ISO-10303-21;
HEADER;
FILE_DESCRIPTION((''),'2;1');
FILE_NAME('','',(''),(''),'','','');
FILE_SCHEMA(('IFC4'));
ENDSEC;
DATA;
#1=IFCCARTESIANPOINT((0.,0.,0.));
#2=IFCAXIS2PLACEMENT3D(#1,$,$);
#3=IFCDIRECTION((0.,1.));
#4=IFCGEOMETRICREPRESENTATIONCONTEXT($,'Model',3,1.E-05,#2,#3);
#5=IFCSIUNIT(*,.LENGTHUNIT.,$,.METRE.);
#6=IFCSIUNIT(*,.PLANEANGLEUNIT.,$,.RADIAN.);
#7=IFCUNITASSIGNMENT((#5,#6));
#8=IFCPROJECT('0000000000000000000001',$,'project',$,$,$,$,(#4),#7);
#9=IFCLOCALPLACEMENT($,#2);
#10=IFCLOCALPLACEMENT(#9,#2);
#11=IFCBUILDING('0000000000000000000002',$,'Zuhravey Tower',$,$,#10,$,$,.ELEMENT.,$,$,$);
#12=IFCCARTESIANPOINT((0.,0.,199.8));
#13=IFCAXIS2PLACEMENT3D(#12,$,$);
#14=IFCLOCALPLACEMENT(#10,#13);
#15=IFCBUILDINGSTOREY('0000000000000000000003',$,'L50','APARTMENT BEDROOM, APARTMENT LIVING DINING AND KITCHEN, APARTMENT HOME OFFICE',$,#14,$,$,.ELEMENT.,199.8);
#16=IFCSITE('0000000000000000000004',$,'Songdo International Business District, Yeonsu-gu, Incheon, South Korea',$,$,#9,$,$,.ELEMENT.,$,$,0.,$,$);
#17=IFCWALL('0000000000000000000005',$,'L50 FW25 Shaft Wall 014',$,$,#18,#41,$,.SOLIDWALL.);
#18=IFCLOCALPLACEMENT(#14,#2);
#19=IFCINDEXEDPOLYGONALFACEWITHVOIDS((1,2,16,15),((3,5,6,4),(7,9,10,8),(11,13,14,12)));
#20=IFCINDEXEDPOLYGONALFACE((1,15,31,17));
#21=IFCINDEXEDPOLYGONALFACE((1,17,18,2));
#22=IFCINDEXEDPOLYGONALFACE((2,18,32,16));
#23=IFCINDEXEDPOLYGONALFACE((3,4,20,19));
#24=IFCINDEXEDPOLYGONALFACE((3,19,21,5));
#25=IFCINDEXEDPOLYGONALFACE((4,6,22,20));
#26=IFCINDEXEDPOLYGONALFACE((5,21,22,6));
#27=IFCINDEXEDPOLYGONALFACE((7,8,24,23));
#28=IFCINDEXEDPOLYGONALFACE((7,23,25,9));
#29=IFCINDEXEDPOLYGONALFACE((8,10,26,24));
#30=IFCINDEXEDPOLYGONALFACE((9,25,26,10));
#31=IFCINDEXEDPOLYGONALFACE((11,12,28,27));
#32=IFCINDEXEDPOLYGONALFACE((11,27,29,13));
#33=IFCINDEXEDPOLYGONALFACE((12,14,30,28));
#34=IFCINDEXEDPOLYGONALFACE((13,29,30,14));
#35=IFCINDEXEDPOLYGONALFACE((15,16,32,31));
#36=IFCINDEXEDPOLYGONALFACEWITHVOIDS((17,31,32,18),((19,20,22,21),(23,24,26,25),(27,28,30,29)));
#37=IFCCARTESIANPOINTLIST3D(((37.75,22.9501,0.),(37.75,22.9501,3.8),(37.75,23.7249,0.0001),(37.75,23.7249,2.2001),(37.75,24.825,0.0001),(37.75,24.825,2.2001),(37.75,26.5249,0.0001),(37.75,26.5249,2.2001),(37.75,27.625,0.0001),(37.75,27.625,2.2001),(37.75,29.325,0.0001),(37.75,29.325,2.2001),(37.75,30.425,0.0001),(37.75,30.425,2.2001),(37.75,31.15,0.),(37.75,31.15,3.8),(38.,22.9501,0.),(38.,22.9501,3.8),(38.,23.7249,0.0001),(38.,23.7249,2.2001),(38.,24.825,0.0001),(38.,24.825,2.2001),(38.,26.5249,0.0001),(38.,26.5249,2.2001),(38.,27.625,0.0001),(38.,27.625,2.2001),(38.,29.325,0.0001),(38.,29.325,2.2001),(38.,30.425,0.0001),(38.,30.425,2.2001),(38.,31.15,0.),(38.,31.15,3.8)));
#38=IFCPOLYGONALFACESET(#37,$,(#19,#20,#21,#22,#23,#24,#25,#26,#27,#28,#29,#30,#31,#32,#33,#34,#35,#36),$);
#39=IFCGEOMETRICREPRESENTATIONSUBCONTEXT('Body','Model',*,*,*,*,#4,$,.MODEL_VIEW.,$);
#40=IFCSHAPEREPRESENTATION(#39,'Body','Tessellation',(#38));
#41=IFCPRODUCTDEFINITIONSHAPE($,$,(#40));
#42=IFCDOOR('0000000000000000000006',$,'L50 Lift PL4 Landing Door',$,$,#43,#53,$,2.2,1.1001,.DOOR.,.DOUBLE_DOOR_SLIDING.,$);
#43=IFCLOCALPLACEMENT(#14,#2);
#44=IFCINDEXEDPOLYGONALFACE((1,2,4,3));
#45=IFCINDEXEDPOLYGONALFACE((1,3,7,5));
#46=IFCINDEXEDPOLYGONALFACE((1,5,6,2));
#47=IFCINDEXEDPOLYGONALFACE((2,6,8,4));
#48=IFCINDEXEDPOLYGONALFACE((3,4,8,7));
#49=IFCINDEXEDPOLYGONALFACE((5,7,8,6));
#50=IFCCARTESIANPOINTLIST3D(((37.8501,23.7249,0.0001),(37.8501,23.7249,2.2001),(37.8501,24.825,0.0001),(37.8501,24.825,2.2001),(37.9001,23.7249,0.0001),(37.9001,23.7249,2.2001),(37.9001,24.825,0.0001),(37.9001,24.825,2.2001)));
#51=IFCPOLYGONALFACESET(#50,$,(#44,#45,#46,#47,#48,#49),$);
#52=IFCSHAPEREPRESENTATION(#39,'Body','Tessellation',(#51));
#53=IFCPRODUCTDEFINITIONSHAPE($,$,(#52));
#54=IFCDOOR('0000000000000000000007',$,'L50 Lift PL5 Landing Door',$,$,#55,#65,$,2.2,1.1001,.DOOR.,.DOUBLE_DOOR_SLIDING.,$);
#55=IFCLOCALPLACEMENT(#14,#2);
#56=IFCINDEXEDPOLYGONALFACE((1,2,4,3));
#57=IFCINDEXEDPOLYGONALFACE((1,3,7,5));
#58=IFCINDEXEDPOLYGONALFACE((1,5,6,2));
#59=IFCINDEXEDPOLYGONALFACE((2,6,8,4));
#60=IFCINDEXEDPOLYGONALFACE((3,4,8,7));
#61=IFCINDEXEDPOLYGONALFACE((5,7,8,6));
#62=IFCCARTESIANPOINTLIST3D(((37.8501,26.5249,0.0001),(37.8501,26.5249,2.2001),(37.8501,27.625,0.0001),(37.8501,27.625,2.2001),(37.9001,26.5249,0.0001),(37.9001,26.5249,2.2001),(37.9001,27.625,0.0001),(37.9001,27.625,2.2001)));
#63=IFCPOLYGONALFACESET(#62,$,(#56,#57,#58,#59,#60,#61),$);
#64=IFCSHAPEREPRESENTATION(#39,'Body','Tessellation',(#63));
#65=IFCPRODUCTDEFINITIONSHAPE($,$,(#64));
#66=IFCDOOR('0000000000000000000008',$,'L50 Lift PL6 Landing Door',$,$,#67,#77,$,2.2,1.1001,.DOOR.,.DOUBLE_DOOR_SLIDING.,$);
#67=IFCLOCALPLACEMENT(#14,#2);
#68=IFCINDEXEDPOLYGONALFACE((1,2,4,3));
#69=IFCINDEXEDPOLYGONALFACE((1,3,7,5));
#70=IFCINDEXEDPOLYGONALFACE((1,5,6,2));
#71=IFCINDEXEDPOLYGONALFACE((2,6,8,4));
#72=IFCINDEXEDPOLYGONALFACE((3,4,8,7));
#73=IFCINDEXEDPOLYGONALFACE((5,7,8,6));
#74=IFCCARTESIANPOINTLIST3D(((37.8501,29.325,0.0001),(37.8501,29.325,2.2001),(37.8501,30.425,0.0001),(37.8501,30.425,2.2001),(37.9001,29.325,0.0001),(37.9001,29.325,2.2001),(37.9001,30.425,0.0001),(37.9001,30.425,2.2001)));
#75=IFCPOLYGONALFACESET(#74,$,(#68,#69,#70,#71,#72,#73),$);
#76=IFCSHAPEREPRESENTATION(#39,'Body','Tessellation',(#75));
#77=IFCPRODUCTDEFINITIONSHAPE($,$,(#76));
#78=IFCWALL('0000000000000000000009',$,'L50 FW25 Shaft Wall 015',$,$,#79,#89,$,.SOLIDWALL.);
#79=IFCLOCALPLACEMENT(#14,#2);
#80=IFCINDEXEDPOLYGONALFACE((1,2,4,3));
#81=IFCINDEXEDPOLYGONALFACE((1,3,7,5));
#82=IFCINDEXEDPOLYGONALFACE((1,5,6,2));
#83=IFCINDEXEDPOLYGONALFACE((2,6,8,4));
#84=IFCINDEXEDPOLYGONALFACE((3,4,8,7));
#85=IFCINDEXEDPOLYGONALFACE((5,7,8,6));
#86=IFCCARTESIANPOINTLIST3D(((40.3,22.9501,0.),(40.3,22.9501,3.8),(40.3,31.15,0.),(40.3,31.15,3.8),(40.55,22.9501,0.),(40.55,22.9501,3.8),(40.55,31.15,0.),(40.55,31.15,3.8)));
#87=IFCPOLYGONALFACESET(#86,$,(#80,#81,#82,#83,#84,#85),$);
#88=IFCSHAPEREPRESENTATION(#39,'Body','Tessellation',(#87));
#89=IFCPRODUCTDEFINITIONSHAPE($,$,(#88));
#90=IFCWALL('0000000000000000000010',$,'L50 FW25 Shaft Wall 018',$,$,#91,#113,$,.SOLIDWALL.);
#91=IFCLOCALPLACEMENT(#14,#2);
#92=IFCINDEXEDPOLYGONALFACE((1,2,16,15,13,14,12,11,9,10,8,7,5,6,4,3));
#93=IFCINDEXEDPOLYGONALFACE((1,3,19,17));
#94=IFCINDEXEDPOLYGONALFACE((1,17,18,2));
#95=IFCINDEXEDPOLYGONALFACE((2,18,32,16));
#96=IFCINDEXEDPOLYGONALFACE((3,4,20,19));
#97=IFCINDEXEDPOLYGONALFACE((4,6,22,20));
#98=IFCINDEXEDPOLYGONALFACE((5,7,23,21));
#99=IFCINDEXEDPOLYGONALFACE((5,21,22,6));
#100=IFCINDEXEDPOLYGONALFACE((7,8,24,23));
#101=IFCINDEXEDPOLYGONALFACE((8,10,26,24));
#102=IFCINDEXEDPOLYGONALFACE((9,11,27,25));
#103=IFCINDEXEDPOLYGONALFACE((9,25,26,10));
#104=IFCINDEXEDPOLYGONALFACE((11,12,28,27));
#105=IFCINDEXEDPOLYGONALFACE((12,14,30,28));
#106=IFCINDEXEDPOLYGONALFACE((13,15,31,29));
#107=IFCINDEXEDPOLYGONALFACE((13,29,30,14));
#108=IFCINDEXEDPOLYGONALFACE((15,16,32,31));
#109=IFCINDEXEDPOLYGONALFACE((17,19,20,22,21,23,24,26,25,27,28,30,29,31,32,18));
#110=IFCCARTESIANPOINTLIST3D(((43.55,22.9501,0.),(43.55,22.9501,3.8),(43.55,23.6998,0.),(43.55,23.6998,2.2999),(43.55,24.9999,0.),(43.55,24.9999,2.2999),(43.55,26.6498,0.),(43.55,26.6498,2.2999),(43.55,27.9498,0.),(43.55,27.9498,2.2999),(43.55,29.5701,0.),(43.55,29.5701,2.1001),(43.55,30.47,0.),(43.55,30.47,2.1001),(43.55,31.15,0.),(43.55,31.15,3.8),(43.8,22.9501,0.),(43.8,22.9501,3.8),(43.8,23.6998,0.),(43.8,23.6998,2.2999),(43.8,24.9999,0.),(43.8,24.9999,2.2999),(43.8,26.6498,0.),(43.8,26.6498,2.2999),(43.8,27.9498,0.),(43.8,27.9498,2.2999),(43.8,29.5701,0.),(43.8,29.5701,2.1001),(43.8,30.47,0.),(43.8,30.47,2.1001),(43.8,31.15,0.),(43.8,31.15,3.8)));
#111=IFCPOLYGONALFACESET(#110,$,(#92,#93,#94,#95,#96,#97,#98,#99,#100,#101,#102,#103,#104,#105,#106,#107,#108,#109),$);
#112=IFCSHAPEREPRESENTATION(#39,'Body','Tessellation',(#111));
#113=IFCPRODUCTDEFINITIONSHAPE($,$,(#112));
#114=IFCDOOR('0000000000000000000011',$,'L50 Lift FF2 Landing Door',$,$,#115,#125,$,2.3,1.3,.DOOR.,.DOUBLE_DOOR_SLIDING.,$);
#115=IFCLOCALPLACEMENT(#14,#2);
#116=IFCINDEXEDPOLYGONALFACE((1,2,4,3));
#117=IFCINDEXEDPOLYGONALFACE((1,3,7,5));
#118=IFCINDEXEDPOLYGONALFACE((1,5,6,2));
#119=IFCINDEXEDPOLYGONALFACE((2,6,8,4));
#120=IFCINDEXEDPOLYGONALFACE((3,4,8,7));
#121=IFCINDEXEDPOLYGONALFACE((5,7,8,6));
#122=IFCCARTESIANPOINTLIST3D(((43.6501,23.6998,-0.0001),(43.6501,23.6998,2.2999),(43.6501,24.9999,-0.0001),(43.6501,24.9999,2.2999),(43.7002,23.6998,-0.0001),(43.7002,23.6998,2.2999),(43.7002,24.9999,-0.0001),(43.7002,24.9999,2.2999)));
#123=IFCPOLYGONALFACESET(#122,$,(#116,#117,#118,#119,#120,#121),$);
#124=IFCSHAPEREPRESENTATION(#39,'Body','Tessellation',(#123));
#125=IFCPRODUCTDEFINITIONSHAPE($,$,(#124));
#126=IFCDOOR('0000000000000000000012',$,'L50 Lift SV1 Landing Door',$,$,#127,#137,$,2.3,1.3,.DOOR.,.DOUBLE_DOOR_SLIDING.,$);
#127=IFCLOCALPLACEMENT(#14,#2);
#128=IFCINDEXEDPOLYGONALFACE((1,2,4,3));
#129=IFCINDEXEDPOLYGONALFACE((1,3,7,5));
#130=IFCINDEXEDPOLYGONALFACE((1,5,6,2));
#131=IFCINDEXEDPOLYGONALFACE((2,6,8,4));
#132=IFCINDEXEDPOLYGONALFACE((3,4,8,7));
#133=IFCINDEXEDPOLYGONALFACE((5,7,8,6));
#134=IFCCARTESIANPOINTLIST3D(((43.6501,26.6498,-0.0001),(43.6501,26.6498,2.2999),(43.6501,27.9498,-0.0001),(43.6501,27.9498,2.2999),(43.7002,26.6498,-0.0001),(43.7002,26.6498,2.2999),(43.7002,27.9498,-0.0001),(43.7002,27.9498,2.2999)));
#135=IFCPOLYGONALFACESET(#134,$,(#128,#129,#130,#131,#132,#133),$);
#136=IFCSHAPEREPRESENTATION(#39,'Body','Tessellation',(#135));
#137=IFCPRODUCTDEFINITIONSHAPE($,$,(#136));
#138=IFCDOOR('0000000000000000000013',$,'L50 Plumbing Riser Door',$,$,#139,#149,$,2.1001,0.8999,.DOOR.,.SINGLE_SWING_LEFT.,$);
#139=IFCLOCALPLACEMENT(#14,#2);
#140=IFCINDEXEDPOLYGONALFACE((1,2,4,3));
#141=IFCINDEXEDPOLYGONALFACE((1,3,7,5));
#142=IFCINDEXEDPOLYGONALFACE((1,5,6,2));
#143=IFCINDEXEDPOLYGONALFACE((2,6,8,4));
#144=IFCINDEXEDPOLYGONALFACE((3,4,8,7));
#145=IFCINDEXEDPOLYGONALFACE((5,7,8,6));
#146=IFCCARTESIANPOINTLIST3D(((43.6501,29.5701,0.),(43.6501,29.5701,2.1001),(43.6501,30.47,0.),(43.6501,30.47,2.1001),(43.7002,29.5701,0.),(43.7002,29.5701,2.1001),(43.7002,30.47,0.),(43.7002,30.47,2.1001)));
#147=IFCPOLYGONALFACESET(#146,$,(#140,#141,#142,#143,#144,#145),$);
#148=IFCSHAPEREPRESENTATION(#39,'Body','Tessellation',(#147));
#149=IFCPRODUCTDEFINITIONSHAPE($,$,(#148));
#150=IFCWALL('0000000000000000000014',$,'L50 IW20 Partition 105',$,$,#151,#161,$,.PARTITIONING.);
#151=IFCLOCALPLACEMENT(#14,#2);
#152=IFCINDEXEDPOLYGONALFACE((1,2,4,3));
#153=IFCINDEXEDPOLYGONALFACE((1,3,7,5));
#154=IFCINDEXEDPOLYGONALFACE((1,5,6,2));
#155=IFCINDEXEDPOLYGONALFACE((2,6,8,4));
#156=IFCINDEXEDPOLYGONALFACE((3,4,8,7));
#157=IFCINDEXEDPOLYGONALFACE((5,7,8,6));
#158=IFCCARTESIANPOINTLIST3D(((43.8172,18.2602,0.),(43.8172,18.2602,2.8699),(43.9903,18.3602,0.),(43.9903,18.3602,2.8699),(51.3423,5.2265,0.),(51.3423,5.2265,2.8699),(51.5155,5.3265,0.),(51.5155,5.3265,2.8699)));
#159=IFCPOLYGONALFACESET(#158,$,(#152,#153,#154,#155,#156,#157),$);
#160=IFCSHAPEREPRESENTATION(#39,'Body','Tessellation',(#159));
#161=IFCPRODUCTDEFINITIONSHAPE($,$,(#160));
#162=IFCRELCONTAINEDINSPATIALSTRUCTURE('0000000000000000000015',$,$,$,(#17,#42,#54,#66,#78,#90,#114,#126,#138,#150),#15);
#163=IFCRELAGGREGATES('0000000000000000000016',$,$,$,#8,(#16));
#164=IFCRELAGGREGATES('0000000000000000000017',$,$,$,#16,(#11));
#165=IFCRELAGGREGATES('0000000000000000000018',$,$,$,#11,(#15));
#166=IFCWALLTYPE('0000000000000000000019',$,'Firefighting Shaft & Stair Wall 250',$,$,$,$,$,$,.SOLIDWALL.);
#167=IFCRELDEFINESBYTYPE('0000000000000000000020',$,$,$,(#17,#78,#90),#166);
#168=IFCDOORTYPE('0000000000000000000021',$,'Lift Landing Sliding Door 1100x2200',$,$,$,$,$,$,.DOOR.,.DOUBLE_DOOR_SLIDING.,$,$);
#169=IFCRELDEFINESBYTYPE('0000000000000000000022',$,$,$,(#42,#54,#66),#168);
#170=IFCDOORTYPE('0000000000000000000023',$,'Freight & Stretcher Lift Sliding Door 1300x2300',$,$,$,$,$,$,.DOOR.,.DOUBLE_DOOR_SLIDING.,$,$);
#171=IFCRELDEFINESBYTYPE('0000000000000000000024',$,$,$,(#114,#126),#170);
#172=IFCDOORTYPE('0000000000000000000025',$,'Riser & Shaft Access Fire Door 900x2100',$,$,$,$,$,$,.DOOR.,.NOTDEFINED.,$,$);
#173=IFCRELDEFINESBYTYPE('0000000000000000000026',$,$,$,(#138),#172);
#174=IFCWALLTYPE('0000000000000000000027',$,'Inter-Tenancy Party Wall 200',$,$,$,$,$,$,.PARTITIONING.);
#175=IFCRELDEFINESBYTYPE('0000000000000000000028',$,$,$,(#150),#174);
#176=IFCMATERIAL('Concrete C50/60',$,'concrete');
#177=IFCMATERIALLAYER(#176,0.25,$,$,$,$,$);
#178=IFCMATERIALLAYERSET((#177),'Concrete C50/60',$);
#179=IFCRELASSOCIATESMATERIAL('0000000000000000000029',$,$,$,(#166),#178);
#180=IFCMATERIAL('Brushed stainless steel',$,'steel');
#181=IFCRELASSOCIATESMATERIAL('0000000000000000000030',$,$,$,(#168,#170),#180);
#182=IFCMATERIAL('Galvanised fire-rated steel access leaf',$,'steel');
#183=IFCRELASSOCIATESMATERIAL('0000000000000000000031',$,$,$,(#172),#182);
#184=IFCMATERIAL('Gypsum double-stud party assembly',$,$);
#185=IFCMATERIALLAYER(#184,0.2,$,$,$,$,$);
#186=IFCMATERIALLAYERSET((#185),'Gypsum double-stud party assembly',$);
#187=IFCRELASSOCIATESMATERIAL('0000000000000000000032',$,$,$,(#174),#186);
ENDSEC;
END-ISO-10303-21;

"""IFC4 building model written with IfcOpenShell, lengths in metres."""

from ifc_helpers import new_model, si_unit, direction, frame, frame_2d, origin, place, context, subcontext, project, spatial, rectangle, extrude, material, layer, layer_set, type_object, element, fill, save


model = new_model("IFC4")

# Units and contexts
model_context = context("Model", 3, precision=1e-05, world=origin(), true_north=direction((0.0, 1.0)))
body_context = subcontext(model_context, "Body", "Model", "MODEL_VIEW")
ifc_project = project(units=[si_unit("LENGTHUNIT", "METRE"), si_unit("PLANEANGLEUNIT", "RADIAN")], contexts=[model_context])

# Site, building, storey
site_placement = place(None, origin())
site = spatial("IfcSite", under=ifc_project, at=site_placement, Name="Songdo International Business District, Yeonsu-gu, Incheon, South Korea", CompositionType="ELEMENT", RefElevation=0.0)
building_placement = place(site_placement, origin())
building = spatial("IfcBuilding", under=site, at=building_placement, Name="Zuhravey Tower", CompositionType="ELEMENT")
storey_placement = place(building_placement, frame((0.0, 0.0, 199.8)))
storey = spatial("IfcBuildingStorey", under=building, at=storey_placement, Name="L50", Description="APARTMENT BEDROOM, APARTMENT LIVING DINING AND KITCHEN, APARTMENT HOME OFFICE", CompositionType="ELEMENT", Elevation=199.8)

# Wall, openings, doors
ifc_material_1 = material(Name="Concrete C50/60", Category="concrete")
ifc_layer_1 = layer(ifc_material_1, 0.25)
ifc_layer_set_1 = layer_set([ifc_layer_1], Name="Concrete C50/60")
wall_type_1 = type_object("IfcWallType", Name="Firefighting Shaft & Stair Wall 250", PredefinedType="SOLIDWALL", material=ifc_layer_set_1)
wall_1_placement = place(storey_placement, frame((37.875, 22.95, 0.0), z_axis=(0.0, 0.0, 1.0), x_axis=(0.0, 1.0, 0.0)))
wall_1 = element("IfcWall", 1, at=wall_1_placement, inside=storey, type_object=wall_type_1, Name="L50 FW25 Shaft Wall 014", PredefinedType="SOLIDWALL", context=body_context, shape_type="SweptSolid", body=[
    extrude(rectangle(XDim=8.2, YDim=0.25, at=frame_2d((4.1001, 0.0))), origin(), (0.0, 0.0, 1.0), 3.8),
])
opening_1_placement = place(wall_1_placement, frame((0.7749, 0.0, 0.0)))
opening_1 = element("IfcOpeningElement", 2, at=opening_1_placement, cuts=wall_1, PredefinedType="OPENING", context=body_context, shape_type="SweptSolid", body=[
    extrude(rectangle(XDim=1.1001, YDim=2.2, at=frame_2d((0.55, 1.1001))), frame((0.0, 0.137, 0.0), z_axis=(0.0, -1.0, 0.0), x_axis=(1.0, 0.0, 0.0)), (0.0, 0.0, 1.0), 0.2739),
])
opening_2_placement = place(wall_1_placement, frame((3.575, 0.0, 0.0)))
opening_2 = element("IfcOpeningElement", 3, at=opening_2_placement, cuts=wall_1, PredefinedType="OPENING", context=body_context, shape_type="SweptSolid", body=[
    extrude(rectangle(XDim=1.1001, YDim=2.2, at=frame_2d((0.55, 1.1001))), frame((0.0, 0.137, 0.0), z_axis=(0.0, -1.0, 0.0), x_axis=(1.0, 0.0, 0.0)), (0.0, 0.0, 1.0), 0.2739),
])
opening_3_placement = place(wall_1_placement, frame((6.375, 0.0, 0.0)))
opening_3 = element("IfcOpeningElement", 4, at=opening_3_placement, cuts=wall_1, PredefinedType="OPENING", context=body_context, shape_type="SweptSolid", body=[
    extrude(rectangle(XDim=1.1001, YDim=2.2, at=frame_2d((0.55, 1.1001))), frame((0.0, 0.137, 0.0), z_axis=(0.0, -1.0, 0.0), x_axis=(1.0, 0.0, 0.0)), (0.0, 0.0, 1.0), 0.2739),
])
ifc_material_2 = material(Name="Brushed stainless steel", Category="steel")
door_type_1 = type_object("IfcDoorType", Name="Lift Landing Sliding Door 1100x2200", OperationType="DOUBLE_DOOR_SLIDING", PredefinedType="DOOR", material=ifc_material_2)
door_1_placement = place(opening_1_placement, origin())
door_1 = element("IfcDoor", 5, at=door_1_placement, inside=storey, type_object=door_type_1, Name="L50 Lift PL4 Landing Door", OperationType="DOUBLE_DOOR_SLIDING", OverallHeight=2.2, OverallWidth=1.1001, PredefinedType="DOOR", context=body_context, shape_type="SweptSolid", body=[
    extrude(rectangle(XDim=1.1001, YDim=2.2, at=frame_2d((0.55, 1.1001))), frame((0.0, 0.0249, 0.0), z_axis=(0.0, -1.0, 0.0), x_axis=(1.0, 0.0, 0.0)), (0.0, 0.0, 1.0), 0.05),
])
fill(opening_1, door_1)
door_2_placement = place(opening_2_placement, origin())
door_2 = element("IfcDoor", 6, at=door_2_placement, inside=storey, type_object=door_type_1, Name="L50 Lift PL5 Landing Door", OperationType="DOUBLE_DOOR_SLIDING", OverallHeight=2.2, OverallWidth=1.1001, PredefinedType="DOOR", context=body_context, shape_type="SweptSolid", body=[
    extrude(rectangle(XDim=1.1001, YDim=2.2, at=frame_2d((0.55, 1.1001))), frame((0.0, 0.0249, 0.0), z_axis=(0.0, -1.0, 0.0), x_axis=(1.0, 0.0, 0.0)), (0.0, 0.0, 1.0), 0.05),
])
fill(opening_2, door_2)
door_3_placement = place(opening_3_placement, origin())
door_3 = element("IfcDoor", 7, at=door_3_placement, inside=storey, type_object=door_type_1, Name="L50 Lift PL6 Landing Door", OperationType="DOUBLE_DOOR_SLIDING", OverallHeight=2.2, OverallWidth=1.1001, PredefinedType="DOOR", context=body_context, shape_type="SweptSolid", body=[
    extrude(rectangle(XDim=1.1001, YDim=2.2, at=frame_2d((0.55, 1.1001))), frame((0.0, 0.0249, 0.0), z_axis=(0.0, -1.0, 0.0), x_axis=(1.0, 0.0, 0.0)), (0.0, 0.0, 1.0), 0.05),
])
fill(opening_3, door_3)

# Wall
wall_2_placement = place(storey_placement, frame((40.425, 22.95, 0.0), z_axis=(0.0, 0.0, 1.0), x_axis=(0.0, 1.0, 0.0)))
element("IfcWall", 8, at=wall_2_placement, inside=storey, type_object=wall_type_1, Name="L50 FW25 Shaft Wall 015", PredefinedType="SOLIDWALL", context=body_context, shape_type="SweptSolid", body=[
    extrude(rectangle(XDim=8.2, YDim=0.25, at=frame_2d((4.1001, 0.0))), origin(), (0.0, 0.0, 1.0), 3.8),
])

# Wall, openings, doors
wall_3_placement = place(storey_placement, frame((43.675, 22.95, 0.0), z_axis=(0.0, 0.0, 1.0), x_axis=(0.0, 1.0, 0.0)))
wall_3 = element("IfcWall", 9, at=wall_3_placement, inside=storey, type_object=wall_type_1, Name="L50 FW25 Shaft Wall 018", PredefinedType="SOLIDWALL", context=body_context, shape_type="SweptSolid", body=[
    extrude(rectangle(XDim=8.2, YDim=0.25, at=frame_2d((4.1001, 0.0))), origin(), (0.0, 0.0, 1.0), 3.8),
])
opening_4_placement = place(wall_3_placement, frame((0.75, 0.0, 0.0)))
opening_4 = element("IfcOpeningElement", 10, at=opening_4_placement, cuts=wall_3, PredefinedType="OPENING", context=body_context, shape_type="SweptSolid", body=[
    extrude(rectangle(XDim=1.3, YDim=2.3, at=frame_2d((0.6499, 1.1499))), frame((0.0, 0.137, 0.0), z_axis=(0.0, -1.0, 0.0), x_axis=(1.0, 0.0, 0.0)), (0.0, 0.0, 1.0), 0.2739),
])
opening_5_placement = place(wall_3_placement, frame((3.7, 0.0, 0.0)))
opening_5 = element("IfcOpeningElement", 11, at=opening_5_placement, cuts=wall_3, PredefinedType="OPENING", context=body_context, shape_type="SweptSolid", body=[
    extrude(rectangle(XDim=1.3, YDim=2.3, at=frame_2d((0.6499, 1.1499))), frame((0.0, 0.137, 0.0), z_axis=(0.0, -1.0, 0.0), x_axis=(1.0, 0.0, 0.0)), (0.0, 0.0, 1.0), 0.2739),
])
opening_6_placement = place(wall_3_placement, frame((6.6201, 0.0, 0.0)))
opening_6 = element("IfcOpeningElement", 12, at=opening_6_placement, cuts=wall_3, PredefinedType="OPENING", context=body_context, shape_type="SweptSolid", body=[
    extrude(rectangle(XDim=0.8999, YDim=2.1001, at=frame_2d((0.45, 1.05))), frame((0.0, 0.137, 0.0), z_axis=(0.0, -1.0, 0.0), x_axis=(1.0, 0.0, 0.0)), (0.0, 0.0, 1.0), 0.2739),
])
door_type_2 = type_object("IfcDoorType", Name="Freight & Stretcher Lift Sliding Door 1300x2300", OperationType="DOUBLE_DOOR_SLIDING", PredefinedType="DOOR", material=ifc_material_2)
door_4_placement = place(opening_4_placement, origin())
door_4 = element("IfcDoor", 13, at=door_4_placement, inside=storey, type_object=door_type_2, Name="L50 Lift FF2 Landing Door", OperationType="DOUBLE_DOOR_SLIDING", OverallHeight=2.3, OverallWidth=1.3, PredefinedType="DOOR", context=body_context, shape_type="SweptSolid", body=[
    extrude(rectangle(XDim=1.3, YDim=2.3, at=frame_2d((0.6499, 1.1499))), frame((0.0, 0.0249, 0.0), z_axis=(0.0, -1.0, 0.0), x_axis=(1.0, 0.0, 0.0)), (0.0, 0.0, 1.0), 0.05),
])
fill(opening_4, door_4)
door_5_placement = place(opening_5_placement, origin())
door_5 = element("IfcDoor", 14, at=door_5_placement, inside=storey, type_object=door_type_2, Name="L50 Lift SV1 Landing Door", OperationType="DOUBLE_DOOR_SLIDING", OverallHeight=2.3, OverallWidth=1.3, PredefinedType="DOOR", context=body_context, shape_type="SweptSolid", body=[
    extrude(rectangle(XDim=1.3, YDim=2.3, at=frame_2d((0.6499, 1.1499))), frame((0.0, 0.0249, 0.0), z_axis=(0.0, -1.0, 0.0), x_axis=(1.0, 0.0, 0.0)), (0.0, 0.0, 1.0), 0.05),
])
fill(opening_5, door_5)
ifc_material_3 = material(Name="Galvanised fire-rated steel access leaf", Category="steel")
door_type_3 = type_object("IfcDoorType", Name="Riser & Shaft Access Fire Door 900x2100", OperationType="NOTDEFINED", PredefinedType="DOOR", material=ifc_material_3)
door_6_placement = place(opening_6_placement, origin())
door_6 = element("IfcDoor", 15, at=door_6_placement, inside=storey, type_object=door_type_3, Name="L50 Plumbing Riser Door", OperationType="SINGLE_SWING_LEFT", OverallHeight=2.1001, OverallWidth=0.8999, PredefinedType="DOOR", context=body_context, shape_type="SweptSolid", body=[
    extrude(rectangle(XDim=0.8999, YDim=2.1001, at=frame_2d((0.45, 1.05))), frame((0.0, 0.0249, 0.0), z_axis=(0.0, -1.0, 0.0), x_axis=(1.0, 0.0, 0.0)), (0.0, 0.0, 1.0), 0.05),
])
fill(opening_6, door_6)

# Wall
ifc_material_4 = material(Name="Gypsum double-stud party assembly")
ifc_layer_2 = layer(ifc_material_4, 0.2)
ifc_layer_set_2 = layer_set([ifc_layer_2], Name="Gypsum double-stud party assembly")
wall_type_2 = type_object("IfcWallType", Name="Inter-Tenancy Party Wall 200", PredefinedType="PARTITIONING", material=ifc_layer_set_2)
wall_4_placement = place(storey_placement, frame((43.9038, 18.3101, 0.0), z_axis=(0.0, 0.0, 1.0), x_axis=(0.500007, -0.866021, 0.0)))
element("IfcWall", 16, at=wall_4_placement, inside=storey, type_object=wall_type_2, Name="L50 IW20 Partition 105", PredefinedType="PARTITIONING", context=body_context, shape_type="SweptSolid", body=[
    extrude(rectangle(XDim=15.05, YDim=0.2, at=frame_2d((7.5249, 0.0))), origin(), (0.0, 0.0, 1.0), 2.8699),
])

save(model, "model.ifc")
